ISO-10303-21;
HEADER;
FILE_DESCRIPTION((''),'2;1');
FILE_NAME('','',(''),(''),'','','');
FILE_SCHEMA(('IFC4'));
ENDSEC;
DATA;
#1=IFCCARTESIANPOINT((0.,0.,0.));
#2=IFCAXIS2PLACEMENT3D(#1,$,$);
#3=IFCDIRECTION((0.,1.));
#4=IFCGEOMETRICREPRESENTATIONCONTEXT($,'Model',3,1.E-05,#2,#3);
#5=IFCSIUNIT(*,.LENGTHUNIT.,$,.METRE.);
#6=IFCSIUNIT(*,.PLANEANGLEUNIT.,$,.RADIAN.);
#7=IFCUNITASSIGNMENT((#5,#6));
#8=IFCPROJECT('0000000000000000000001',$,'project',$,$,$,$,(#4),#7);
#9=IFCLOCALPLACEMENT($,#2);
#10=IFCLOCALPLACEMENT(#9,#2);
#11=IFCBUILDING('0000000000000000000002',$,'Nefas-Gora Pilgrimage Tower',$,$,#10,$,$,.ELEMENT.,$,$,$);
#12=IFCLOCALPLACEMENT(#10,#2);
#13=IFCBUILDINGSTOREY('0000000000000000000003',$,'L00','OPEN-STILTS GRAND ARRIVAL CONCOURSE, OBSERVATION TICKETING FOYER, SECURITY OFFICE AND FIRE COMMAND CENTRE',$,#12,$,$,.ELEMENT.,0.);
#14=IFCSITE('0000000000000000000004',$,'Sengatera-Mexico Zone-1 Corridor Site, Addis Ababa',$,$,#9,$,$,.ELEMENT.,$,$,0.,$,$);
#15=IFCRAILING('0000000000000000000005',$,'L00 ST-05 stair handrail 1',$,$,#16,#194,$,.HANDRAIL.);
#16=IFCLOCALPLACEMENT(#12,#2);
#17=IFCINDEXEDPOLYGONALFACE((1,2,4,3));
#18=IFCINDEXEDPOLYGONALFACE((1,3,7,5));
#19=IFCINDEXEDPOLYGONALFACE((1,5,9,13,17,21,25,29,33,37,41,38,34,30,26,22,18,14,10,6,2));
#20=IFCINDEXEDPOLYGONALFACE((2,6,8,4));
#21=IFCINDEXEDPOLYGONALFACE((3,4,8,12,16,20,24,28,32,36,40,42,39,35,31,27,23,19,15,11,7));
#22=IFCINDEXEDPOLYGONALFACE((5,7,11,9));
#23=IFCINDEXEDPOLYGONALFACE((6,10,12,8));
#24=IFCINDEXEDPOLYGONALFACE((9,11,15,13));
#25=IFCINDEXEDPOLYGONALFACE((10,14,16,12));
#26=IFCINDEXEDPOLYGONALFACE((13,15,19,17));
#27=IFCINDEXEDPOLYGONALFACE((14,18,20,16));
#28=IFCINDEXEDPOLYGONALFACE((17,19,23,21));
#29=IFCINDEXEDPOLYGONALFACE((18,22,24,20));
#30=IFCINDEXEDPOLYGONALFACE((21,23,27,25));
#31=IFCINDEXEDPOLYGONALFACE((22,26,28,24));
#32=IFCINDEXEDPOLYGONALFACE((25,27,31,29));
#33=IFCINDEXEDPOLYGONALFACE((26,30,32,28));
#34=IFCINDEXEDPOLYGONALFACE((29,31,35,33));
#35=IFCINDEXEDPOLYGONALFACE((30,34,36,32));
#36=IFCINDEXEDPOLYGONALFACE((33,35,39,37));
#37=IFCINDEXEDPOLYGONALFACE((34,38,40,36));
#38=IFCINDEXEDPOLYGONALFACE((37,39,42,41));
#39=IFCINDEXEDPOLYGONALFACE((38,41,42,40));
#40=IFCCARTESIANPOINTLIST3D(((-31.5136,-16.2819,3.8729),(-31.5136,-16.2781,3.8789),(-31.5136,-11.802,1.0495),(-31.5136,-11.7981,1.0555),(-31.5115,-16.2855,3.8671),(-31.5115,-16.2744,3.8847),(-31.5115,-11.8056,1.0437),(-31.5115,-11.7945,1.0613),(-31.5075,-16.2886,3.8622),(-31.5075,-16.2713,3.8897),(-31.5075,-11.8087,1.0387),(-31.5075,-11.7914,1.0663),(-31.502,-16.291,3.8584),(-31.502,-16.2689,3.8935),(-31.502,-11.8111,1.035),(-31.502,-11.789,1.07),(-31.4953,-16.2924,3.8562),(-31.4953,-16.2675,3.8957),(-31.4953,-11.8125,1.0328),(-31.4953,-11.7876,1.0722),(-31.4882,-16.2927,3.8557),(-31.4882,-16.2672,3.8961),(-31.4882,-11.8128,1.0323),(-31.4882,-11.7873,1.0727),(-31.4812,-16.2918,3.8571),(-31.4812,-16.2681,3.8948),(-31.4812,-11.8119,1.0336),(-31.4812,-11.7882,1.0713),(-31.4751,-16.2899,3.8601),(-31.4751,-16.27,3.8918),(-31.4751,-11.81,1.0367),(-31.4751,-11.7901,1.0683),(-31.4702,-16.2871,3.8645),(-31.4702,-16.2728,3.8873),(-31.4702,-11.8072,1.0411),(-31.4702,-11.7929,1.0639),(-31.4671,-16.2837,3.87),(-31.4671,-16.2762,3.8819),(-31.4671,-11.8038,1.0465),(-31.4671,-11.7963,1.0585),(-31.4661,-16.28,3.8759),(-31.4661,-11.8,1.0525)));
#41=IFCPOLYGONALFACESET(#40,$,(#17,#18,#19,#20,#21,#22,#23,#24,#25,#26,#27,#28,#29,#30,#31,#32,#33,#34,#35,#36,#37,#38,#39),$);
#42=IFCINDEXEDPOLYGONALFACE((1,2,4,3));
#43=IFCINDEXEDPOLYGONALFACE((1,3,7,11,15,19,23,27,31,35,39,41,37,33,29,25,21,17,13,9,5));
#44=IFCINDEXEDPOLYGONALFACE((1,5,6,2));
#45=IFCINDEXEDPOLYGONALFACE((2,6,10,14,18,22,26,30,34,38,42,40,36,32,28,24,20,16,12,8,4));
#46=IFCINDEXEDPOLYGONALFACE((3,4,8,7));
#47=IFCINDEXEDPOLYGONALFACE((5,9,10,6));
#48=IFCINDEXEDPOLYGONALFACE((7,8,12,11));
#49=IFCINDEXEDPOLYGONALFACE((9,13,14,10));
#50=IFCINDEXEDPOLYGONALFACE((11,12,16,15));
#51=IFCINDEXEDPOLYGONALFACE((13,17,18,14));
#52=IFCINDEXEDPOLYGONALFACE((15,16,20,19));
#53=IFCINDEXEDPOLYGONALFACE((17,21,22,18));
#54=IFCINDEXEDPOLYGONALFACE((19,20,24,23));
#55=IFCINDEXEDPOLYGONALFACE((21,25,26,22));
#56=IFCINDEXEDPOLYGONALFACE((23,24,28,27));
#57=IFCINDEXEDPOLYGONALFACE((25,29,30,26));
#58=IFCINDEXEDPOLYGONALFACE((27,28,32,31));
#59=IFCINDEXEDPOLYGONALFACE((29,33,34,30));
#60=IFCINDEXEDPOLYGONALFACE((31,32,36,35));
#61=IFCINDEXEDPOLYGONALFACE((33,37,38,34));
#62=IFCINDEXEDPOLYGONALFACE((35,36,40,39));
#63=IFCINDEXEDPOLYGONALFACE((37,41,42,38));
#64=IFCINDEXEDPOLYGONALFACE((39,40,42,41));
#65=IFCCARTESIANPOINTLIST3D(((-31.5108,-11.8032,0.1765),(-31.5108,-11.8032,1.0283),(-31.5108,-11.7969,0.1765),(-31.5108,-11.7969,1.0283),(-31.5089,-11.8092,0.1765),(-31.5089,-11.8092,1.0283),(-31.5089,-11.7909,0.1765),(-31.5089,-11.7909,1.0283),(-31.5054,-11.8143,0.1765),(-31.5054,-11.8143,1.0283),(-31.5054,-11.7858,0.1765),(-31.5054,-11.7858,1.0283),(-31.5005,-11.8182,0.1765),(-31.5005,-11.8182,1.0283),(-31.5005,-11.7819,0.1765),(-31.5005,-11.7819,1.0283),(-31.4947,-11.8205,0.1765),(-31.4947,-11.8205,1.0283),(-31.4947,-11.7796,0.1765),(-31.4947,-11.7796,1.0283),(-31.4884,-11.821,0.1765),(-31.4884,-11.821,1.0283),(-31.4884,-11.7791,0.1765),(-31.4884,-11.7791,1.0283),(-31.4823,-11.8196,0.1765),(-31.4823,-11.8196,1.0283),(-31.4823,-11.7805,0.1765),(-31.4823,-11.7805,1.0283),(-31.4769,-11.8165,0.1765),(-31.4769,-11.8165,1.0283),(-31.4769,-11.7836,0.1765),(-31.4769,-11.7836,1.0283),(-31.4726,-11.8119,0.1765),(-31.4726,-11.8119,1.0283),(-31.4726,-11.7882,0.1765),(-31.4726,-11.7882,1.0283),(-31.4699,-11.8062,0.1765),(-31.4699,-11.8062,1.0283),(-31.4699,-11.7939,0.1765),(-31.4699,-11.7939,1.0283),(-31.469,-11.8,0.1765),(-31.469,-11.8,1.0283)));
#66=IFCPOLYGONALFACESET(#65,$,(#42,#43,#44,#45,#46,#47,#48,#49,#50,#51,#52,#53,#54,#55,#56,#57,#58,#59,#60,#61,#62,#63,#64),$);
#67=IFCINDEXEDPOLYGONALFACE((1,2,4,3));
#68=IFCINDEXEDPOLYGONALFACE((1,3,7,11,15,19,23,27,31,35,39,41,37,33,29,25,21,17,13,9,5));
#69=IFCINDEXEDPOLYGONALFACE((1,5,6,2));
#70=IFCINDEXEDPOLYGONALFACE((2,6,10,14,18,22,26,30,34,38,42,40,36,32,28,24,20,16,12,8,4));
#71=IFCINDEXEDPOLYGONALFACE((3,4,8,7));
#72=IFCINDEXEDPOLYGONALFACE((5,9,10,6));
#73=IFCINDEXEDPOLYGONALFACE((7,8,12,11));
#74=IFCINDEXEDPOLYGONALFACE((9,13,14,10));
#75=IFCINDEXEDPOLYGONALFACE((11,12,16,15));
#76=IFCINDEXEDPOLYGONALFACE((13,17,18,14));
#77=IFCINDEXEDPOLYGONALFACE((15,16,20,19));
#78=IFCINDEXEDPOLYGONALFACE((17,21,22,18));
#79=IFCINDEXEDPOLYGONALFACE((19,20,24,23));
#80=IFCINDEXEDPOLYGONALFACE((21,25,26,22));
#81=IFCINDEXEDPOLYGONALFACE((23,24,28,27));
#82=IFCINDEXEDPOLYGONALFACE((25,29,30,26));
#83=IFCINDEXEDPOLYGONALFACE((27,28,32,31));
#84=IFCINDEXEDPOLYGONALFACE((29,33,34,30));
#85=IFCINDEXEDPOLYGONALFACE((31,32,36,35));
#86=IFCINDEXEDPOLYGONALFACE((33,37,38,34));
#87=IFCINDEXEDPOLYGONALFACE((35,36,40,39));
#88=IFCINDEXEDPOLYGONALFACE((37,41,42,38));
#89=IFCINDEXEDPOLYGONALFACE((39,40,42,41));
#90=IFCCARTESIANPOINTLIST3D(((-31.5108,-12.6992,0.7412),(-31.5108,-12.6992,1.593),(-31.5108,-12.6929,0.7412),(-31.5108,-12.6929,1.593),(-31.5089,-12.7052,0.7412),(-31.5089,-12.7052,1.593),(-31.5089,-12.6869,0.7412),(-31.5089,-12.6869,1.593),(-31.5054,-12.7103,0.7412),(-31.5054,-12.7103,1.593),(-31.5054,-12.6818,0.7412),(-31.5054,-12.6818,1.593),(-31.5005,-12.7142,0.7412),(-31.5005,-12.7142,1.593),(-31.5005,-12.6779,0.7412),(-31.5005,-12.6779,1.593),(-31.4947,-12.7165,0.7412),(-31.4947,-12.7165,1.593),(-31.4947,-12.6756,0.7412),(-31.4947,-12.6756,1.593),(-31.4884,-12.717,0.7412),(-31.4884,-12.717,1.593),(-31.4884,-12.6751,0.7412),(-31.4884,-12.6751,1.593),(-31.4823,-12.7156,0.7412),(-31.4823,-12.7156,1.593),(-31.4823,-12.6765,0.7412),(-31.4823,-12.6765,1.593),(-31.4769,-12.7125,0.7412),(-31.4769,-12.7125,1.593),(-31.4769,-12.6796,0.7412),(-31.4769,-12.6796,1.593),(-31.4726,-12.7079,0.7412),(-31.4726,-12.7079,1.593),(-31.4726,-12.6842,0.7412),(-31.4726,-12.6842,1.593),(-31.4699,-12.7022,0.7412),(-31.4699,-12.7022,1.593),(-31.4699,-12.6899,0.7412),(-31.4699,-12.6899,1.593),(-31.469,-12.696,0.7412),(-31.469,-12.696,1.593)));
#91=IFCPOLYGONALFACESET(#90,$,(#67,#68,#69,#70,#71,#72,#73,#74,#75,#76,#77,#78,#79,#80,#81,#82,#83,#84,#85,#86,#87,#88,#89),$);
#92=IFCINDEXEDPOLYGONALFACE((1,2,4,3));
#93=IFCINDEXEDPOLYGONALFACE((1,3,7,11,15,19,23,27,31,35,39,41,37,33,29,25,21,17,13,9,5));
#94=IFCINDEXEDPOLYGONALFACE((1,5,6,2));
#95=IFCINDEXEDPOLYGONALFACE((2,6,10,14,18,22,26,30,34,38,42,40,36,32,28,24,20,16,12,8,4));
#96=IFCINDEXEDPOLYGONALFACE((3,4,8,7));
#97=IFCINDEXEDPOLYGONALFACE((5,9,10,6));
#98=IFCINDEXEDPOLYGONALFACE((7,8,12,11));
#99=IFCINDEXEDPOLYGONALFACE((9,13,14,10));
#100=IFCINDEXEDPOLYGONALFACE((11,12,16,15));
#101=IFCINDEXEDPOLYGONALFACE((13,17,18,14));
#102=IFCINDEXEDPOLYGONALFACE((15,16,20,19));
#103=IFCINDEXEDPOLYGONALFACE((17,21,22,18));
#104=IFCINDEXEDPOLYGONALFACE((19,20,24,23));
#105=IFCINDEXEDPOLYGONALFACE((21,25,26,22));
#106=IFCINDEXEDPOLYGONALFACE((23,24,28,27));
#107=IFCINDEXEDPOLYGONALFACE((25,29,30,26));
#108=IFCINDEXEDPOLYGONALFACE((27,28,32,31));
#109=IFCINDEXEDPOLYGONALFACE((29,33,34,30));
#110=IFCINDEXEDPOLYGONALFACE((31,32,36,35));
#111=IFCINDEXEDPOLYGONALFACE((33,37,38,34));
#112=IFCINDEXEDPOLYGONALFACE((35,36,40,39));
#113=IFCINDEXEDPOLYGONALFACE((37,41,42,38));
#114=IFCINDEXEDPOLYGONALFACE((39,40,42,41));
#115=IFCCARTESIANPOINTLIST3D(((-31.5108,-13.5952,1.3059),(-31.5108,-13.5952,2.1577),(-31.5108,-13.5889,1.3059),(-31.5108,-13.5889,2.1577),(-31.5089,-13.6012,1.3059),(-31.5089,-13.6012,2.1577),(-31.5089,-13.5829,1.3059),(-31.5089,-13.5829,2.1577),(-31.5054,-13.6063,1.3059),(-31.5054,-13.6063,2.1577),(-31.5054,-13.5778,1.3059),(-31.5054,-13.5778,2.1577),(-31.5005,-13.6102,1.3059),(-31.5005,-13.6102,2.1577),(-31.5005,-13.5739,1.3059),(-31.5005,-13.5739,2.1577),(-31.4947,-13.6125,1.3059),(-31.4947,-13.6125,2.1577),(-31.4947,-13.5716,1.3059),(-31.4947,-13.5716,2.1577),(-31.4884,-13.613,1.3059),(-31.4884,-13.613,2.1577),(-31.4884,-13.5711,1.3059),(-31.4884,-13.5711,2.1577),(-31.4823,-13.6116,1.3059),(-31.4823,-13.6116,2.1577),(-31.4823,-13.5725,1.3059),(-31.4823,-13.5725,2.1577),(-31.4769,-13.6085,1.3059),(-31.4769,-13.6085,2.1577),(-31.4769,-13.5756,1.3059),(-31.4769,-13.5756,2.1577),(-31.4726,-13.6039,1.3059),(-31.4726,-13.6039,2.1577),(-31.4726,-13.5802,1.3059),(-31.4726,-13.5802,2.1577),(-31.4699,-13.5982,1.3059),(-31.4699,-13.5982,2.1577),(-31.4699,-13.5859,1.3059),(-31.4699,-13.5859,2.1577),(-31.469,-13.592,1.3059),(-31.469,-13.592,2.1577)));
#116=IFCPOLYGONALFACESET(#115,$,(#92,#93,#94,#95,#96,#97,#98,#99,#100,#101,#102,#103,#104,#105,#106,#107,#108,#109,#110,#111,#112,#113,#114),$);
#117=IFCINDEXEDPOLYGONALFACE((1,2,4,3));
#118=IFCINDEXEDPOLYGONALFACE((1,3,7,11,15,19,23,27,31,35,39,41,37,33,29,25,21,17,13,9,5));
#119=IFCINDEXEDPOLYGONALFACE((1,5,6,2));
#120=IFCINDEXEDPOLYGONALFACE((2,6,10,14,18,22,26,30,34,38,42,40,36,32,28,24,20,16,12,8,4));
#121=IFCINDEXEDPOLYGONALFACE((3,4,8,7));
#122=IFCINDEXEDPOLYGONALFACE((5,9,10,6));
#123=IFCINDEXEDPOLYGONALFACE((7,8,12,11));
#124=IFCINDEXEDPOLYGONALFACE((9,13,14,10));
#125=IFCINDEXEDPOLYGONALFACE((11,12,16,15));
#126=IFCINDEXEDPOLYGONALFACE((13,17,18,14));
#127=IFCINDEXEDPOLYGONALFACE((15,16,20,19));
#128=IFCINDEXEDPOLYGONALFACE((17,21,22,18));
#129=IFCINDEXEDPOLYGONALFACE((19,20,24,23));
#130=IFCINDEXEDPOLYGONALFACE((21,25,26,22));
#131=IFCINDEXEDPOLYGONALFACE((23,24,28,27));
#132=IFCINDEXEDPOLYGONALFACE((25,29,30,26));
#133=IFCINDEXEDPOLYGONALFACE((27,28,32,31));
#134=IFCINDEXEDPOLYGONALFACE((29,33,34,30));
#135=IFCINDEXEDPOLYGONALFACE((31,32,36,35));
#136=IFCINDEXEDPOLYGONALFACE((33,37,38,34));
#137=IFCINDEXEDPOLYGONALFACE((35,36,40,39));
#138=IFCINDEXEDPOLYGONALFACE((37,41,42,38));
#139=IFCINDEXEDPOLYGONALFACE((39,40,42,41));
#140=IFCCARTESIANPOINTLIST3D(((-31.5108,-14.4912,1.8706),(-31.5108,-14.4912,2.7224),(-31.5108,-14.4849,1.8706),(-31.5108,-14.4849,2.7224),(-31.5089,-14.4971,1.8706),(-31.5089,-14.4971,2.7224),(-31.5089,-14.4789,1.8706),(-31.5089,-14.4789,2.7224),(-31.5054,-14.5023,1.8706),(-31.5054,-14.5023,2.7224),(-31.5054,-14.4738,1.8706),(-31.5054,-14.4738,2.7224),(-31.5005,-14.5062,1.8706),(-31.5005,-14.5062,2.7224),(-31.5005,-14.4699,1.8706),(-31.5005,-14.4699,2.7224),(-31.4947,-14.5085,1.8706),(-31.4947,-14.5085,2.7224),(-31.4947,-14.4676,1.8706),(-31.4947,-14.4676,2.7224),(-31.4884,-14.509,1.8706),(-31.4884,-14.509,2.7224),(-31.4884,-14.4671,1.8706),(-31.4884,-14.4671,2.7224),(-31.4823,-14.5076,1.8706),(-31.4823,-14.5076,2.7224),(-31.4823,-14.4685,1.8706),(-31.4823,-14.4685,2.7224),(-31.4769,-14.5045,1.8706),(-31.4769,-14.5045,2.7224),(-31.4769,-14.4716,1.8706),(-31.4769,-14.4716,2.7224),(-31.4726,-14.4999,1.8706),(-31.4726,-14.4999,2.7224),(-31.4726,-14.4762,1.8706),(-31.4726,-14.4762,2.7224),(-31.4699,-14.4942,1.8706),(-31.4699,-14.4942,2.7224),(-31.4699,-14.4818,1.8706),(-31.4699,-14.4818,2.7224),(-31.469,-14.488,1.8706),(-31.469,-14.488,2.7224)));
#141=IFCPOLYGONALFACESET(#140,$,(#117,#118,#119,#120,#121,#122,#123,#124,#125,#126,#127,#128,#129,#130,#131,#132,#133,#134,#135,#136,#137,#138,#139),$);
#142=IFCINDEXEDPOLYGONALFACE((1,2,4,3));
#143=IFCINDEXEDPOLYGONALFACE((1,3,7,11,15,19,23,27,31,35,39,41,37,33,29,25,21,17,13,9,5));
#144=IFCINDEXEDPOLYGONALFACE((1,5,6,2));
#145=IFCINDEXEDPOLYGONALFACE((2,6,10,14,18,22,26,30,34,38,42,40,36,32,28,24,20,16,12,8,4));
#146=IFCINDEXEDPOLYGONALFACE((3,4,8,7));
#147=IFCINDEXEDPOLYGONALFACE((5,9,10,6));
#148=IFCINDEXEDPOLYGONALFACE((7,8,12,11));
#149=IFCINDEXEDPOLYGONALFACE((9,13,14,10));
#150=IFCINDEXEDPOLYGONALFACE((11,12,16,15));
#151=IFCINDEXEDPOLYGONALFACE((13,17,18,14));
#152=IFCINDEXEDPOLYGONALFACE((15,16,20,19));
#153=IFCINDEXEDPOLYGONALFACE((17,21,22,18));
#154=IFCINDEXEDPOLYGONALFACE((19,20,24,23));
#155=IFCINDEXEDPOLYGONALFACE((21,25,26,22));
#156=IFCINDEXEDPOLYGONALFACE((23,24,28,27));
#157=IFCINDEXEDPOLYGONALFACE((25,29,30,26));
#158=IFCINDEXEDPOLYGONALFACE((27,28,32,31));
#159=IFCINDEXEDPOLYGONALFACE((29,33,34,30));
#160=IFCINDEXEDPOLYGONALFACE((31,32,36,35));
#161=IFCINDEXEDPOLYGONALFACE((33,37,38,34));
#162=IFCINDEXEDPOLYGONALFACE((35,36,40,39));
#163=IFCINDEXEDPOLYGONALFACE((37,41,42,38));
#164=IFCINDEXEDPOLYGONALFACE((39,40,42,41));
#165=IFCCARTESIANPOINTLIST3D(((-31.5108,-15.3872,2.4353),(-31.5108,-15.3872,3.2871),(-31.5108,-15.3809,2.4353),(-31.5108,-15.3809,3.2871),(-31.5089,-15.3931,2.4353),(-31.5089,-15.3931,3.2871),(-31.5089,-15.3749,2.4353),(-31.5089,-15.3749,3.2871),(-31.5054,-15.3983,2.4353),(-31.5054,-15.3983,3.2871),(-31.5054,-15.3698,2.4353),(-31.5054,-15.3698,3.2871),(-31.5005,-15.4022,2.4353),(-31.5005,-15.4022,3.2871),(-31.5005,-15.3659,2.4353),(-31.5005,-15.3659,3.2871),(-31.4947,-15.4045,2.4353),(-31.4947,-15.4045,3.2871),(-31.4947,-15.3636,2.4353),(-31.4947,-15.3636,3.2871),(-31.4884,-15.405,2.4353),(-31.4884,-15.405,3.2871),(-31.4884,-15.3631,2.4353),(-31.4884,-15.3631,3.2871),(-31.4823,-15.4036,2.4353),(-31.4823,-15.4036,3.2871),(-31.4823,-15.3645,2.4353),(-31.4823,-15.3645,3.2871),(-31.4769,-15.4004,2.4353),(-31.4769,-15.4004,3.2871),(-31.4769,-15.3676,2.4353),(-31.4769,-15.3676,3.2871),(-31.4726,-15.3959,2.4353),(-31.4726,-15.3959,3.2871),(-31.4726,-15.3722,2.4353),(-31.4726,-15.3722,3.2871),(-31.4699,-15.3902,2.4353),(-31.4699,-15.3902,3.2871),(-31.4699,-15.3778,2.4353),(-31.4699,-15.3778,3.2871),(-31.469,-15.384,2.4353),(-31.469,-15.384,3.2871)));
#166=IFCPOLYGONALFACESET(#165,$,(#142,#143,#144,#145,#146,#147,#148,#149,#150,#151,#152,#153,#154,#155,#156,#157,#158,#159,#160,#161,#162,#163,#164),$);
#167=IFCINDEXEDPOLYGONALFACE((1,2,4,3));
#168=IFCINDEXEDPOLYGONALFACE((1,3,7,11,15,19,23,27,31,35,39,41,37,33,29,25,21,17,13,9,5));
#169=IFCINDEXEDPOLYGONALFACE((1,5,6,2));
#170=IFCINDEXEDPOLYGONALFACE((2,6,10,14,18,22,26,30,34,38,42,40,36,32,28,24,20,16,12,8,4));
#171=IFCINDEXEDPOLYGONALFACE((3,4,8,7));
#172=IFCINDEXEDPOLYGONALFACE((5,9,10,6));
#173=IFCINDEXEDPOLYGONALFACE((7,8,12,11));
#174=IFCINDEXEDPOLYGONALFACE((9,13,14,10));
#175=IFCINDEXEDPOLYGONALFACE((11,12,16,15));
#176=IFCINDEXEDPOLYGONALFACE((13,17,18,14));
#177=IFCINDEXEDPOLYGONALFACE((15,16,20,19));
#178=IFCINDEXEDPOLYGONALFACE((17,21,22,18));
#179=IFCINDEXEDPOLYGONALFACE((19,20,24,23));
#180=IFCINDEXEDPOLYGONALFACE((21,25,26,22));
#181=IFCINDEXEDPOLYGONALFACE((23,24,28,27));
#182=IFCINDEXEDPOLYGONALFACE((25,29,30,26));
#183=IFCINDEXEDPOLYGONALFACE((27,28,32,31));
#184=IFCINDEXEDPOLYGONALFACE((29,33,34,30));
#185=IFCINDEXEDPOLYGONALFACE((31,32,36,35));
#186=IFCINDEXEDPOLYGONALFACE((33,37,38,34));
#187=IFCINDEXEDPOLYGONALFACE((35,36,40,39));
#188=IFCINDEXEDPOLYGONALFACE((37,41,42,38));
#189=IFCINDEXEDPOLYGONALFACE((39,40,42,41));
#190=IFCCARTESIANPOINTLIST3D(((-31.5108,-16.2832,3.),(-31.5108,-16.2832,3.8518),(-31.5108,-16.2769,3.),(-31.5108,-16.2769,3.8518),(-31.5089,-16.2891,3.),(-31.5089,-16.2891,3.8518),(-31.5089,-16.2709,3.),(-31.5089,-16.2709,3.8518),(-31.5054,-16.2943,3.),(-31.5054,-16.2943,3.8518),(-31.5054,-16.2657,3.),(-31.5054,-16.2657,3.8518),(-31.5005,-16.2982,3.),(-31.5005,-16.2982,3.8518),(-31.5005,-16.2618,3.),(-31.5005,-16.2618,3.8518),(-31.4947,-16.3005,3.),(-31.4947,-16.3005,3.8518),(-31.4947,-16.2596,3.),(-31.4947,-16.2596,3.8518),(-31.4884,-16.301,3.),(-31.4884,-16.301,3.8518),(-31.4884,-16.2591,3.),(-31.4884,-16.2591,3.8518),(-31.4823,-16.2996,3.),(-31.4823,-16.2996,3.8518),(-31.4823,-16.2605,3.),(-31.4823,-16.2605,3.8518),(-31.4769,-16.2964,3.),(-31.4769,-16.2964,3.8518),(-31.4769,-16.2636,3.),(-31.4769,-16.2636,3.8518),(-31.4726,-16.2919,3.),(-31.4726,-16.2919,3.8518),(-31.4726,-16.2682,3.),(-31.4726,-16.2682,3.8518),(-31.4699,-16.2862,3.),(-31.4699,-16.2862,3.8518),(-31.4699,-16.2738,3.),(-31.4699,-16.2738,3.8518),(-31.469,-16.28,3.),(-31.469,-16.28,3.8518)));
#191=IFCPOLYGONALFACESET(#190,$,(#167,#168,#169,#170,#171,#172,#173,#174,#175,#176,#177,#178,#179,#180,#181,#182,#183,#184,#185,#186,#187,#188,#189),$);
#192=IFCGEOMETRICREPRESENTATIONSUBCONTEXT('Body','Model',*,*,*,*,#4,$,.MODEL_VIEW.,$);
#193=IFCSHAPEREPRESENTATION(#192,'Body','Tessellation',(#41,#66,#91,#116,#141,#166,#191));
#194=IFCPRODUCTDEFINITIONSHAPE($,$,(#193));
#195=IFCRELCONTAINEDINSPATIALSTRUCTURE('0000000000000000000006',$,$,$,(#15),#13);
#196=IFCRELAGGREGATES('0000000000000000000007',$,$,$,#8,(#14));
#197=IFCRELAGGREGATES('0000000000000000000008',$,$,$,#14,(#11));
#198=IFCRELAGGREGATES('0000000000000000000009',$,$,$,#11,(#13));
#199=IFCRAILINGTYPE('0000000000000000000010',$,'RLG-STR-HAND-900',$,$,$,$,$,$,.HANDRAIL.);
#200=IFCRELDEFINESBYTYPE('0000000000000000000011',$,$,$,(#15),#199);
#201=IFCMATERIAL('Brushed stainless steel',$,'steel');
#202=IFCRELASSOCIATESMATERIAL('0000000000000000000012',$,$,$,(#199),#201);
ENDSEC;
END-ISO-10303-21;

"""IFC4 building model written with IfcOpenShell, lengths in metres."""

from ifc_helpers import new_model, si_unit, direction, frame, origin, origin_2d, place, context, subcontext, project, spatial, circle, extrude, material, type_object, element, save


model = new_model("IFC4")

# Units and contexts
model_context = context("Model", 3, precision=1e-05, world=origin(), true_north=direction((0.0, 1.0)))
body_context = subcontext(model_context, "Body", "Model", "MODEL_VIEW")
ifc_project = project(units=[si_unit("LENGTHUNIT", "METRE"), si_unit("PLANEANGLEUNIT", "RADIAN")], contexts=[model_context])

# Site, building, storey
site_placement = place(None, origin())
site = spatial("IfcSite", under=ifc_project, at=site_placement, Name="Sengatera-Mexico Zone-1 Corridor Site, Addis Ababa", CompositionType="ELEMENT", RefElevation=0.0)
building_placement = place(site_placement, origin())
building = spatial("IfcBuilding", under=site, at=building_placement, Name="Nefas-Gora Pilgrimage Tower", CompositionType="ELEMENT")
storey_placement = place(building_placement, origin())
storey = spatial("IfcBuildingStorey", under=building, at=storey_placement, Name="L00", Description="OPEN-STILTS GRAND ARRIVAL CONCOURSE, OBSERVATION TICKETING FOYER, SECURITY OFFICE AND FIRE COMMAND CENTRE", CompositionType="ELEMENT", Elevation=0.0)

# Railing
ifc_material_1 = material(Name="Brushed stainless steel", Category="steel")
railing_type_1 = type_object("IfcRailingType", Name="RLG-STR-HAND-900", PredefinedType="HANDRAIL", material=ifc_material_1)
railing_1_placement = place(storey_placement, frame((-31.49, -11.8, 0.1765)))
element("IfcRailing", 1, at=railing_1_placement, inside=storey, type_object=railing_type_1, Name="L00 ST-05 stair handrail 1", PredefinedType="HANDRAIL", context=body_context, shape_type="SweptSolid", body=[
    extrude(circle(Radius=0.0239, at=origin_2d()), frame((0.0, 0.0, 0.876), z_axis=(0.0, -0.845998, 0.533186), x_axis=(1.0, 0.0, 0.0)), (0.0, 0.0, 1.0), 5.2954),
    extrude(circle(Radius=0.021, at=origin_2d()), origin(), (0.0, 0.0, 1.0), 0.8518),
    extrude(circle(Radius=0.021, at=origin_2d()), frame((0.0, -0.896, 0.5647)), (0.0, 0.0, 1.0), 0.8518),
    extrude(circle(Radius=0.021, at=origin_2d()), frame((0.0, -1.792, 1.1294)), (0.0, 0.0, 1.0), 0.8518),
    extrude(circle(Radius=0.021, at=origin_2d()), frame((0.0, -2.688, 1.6941)), (0.0, 0.0, 1.0), 0.8518),
    extrude(circle(Radius=0.021, at=origin_2d()), frame((0.0, -3.584, 2.2588)), (0.0, 0.0, 1.0), 0.8518),
    extrude(circle(Radius=0.021, at=origin_2d()), frame((0.0, -4.48, 2.8235)), (0.0, 0.0, 1.0), 0.8518),
])

save(model, "model.ifc")
